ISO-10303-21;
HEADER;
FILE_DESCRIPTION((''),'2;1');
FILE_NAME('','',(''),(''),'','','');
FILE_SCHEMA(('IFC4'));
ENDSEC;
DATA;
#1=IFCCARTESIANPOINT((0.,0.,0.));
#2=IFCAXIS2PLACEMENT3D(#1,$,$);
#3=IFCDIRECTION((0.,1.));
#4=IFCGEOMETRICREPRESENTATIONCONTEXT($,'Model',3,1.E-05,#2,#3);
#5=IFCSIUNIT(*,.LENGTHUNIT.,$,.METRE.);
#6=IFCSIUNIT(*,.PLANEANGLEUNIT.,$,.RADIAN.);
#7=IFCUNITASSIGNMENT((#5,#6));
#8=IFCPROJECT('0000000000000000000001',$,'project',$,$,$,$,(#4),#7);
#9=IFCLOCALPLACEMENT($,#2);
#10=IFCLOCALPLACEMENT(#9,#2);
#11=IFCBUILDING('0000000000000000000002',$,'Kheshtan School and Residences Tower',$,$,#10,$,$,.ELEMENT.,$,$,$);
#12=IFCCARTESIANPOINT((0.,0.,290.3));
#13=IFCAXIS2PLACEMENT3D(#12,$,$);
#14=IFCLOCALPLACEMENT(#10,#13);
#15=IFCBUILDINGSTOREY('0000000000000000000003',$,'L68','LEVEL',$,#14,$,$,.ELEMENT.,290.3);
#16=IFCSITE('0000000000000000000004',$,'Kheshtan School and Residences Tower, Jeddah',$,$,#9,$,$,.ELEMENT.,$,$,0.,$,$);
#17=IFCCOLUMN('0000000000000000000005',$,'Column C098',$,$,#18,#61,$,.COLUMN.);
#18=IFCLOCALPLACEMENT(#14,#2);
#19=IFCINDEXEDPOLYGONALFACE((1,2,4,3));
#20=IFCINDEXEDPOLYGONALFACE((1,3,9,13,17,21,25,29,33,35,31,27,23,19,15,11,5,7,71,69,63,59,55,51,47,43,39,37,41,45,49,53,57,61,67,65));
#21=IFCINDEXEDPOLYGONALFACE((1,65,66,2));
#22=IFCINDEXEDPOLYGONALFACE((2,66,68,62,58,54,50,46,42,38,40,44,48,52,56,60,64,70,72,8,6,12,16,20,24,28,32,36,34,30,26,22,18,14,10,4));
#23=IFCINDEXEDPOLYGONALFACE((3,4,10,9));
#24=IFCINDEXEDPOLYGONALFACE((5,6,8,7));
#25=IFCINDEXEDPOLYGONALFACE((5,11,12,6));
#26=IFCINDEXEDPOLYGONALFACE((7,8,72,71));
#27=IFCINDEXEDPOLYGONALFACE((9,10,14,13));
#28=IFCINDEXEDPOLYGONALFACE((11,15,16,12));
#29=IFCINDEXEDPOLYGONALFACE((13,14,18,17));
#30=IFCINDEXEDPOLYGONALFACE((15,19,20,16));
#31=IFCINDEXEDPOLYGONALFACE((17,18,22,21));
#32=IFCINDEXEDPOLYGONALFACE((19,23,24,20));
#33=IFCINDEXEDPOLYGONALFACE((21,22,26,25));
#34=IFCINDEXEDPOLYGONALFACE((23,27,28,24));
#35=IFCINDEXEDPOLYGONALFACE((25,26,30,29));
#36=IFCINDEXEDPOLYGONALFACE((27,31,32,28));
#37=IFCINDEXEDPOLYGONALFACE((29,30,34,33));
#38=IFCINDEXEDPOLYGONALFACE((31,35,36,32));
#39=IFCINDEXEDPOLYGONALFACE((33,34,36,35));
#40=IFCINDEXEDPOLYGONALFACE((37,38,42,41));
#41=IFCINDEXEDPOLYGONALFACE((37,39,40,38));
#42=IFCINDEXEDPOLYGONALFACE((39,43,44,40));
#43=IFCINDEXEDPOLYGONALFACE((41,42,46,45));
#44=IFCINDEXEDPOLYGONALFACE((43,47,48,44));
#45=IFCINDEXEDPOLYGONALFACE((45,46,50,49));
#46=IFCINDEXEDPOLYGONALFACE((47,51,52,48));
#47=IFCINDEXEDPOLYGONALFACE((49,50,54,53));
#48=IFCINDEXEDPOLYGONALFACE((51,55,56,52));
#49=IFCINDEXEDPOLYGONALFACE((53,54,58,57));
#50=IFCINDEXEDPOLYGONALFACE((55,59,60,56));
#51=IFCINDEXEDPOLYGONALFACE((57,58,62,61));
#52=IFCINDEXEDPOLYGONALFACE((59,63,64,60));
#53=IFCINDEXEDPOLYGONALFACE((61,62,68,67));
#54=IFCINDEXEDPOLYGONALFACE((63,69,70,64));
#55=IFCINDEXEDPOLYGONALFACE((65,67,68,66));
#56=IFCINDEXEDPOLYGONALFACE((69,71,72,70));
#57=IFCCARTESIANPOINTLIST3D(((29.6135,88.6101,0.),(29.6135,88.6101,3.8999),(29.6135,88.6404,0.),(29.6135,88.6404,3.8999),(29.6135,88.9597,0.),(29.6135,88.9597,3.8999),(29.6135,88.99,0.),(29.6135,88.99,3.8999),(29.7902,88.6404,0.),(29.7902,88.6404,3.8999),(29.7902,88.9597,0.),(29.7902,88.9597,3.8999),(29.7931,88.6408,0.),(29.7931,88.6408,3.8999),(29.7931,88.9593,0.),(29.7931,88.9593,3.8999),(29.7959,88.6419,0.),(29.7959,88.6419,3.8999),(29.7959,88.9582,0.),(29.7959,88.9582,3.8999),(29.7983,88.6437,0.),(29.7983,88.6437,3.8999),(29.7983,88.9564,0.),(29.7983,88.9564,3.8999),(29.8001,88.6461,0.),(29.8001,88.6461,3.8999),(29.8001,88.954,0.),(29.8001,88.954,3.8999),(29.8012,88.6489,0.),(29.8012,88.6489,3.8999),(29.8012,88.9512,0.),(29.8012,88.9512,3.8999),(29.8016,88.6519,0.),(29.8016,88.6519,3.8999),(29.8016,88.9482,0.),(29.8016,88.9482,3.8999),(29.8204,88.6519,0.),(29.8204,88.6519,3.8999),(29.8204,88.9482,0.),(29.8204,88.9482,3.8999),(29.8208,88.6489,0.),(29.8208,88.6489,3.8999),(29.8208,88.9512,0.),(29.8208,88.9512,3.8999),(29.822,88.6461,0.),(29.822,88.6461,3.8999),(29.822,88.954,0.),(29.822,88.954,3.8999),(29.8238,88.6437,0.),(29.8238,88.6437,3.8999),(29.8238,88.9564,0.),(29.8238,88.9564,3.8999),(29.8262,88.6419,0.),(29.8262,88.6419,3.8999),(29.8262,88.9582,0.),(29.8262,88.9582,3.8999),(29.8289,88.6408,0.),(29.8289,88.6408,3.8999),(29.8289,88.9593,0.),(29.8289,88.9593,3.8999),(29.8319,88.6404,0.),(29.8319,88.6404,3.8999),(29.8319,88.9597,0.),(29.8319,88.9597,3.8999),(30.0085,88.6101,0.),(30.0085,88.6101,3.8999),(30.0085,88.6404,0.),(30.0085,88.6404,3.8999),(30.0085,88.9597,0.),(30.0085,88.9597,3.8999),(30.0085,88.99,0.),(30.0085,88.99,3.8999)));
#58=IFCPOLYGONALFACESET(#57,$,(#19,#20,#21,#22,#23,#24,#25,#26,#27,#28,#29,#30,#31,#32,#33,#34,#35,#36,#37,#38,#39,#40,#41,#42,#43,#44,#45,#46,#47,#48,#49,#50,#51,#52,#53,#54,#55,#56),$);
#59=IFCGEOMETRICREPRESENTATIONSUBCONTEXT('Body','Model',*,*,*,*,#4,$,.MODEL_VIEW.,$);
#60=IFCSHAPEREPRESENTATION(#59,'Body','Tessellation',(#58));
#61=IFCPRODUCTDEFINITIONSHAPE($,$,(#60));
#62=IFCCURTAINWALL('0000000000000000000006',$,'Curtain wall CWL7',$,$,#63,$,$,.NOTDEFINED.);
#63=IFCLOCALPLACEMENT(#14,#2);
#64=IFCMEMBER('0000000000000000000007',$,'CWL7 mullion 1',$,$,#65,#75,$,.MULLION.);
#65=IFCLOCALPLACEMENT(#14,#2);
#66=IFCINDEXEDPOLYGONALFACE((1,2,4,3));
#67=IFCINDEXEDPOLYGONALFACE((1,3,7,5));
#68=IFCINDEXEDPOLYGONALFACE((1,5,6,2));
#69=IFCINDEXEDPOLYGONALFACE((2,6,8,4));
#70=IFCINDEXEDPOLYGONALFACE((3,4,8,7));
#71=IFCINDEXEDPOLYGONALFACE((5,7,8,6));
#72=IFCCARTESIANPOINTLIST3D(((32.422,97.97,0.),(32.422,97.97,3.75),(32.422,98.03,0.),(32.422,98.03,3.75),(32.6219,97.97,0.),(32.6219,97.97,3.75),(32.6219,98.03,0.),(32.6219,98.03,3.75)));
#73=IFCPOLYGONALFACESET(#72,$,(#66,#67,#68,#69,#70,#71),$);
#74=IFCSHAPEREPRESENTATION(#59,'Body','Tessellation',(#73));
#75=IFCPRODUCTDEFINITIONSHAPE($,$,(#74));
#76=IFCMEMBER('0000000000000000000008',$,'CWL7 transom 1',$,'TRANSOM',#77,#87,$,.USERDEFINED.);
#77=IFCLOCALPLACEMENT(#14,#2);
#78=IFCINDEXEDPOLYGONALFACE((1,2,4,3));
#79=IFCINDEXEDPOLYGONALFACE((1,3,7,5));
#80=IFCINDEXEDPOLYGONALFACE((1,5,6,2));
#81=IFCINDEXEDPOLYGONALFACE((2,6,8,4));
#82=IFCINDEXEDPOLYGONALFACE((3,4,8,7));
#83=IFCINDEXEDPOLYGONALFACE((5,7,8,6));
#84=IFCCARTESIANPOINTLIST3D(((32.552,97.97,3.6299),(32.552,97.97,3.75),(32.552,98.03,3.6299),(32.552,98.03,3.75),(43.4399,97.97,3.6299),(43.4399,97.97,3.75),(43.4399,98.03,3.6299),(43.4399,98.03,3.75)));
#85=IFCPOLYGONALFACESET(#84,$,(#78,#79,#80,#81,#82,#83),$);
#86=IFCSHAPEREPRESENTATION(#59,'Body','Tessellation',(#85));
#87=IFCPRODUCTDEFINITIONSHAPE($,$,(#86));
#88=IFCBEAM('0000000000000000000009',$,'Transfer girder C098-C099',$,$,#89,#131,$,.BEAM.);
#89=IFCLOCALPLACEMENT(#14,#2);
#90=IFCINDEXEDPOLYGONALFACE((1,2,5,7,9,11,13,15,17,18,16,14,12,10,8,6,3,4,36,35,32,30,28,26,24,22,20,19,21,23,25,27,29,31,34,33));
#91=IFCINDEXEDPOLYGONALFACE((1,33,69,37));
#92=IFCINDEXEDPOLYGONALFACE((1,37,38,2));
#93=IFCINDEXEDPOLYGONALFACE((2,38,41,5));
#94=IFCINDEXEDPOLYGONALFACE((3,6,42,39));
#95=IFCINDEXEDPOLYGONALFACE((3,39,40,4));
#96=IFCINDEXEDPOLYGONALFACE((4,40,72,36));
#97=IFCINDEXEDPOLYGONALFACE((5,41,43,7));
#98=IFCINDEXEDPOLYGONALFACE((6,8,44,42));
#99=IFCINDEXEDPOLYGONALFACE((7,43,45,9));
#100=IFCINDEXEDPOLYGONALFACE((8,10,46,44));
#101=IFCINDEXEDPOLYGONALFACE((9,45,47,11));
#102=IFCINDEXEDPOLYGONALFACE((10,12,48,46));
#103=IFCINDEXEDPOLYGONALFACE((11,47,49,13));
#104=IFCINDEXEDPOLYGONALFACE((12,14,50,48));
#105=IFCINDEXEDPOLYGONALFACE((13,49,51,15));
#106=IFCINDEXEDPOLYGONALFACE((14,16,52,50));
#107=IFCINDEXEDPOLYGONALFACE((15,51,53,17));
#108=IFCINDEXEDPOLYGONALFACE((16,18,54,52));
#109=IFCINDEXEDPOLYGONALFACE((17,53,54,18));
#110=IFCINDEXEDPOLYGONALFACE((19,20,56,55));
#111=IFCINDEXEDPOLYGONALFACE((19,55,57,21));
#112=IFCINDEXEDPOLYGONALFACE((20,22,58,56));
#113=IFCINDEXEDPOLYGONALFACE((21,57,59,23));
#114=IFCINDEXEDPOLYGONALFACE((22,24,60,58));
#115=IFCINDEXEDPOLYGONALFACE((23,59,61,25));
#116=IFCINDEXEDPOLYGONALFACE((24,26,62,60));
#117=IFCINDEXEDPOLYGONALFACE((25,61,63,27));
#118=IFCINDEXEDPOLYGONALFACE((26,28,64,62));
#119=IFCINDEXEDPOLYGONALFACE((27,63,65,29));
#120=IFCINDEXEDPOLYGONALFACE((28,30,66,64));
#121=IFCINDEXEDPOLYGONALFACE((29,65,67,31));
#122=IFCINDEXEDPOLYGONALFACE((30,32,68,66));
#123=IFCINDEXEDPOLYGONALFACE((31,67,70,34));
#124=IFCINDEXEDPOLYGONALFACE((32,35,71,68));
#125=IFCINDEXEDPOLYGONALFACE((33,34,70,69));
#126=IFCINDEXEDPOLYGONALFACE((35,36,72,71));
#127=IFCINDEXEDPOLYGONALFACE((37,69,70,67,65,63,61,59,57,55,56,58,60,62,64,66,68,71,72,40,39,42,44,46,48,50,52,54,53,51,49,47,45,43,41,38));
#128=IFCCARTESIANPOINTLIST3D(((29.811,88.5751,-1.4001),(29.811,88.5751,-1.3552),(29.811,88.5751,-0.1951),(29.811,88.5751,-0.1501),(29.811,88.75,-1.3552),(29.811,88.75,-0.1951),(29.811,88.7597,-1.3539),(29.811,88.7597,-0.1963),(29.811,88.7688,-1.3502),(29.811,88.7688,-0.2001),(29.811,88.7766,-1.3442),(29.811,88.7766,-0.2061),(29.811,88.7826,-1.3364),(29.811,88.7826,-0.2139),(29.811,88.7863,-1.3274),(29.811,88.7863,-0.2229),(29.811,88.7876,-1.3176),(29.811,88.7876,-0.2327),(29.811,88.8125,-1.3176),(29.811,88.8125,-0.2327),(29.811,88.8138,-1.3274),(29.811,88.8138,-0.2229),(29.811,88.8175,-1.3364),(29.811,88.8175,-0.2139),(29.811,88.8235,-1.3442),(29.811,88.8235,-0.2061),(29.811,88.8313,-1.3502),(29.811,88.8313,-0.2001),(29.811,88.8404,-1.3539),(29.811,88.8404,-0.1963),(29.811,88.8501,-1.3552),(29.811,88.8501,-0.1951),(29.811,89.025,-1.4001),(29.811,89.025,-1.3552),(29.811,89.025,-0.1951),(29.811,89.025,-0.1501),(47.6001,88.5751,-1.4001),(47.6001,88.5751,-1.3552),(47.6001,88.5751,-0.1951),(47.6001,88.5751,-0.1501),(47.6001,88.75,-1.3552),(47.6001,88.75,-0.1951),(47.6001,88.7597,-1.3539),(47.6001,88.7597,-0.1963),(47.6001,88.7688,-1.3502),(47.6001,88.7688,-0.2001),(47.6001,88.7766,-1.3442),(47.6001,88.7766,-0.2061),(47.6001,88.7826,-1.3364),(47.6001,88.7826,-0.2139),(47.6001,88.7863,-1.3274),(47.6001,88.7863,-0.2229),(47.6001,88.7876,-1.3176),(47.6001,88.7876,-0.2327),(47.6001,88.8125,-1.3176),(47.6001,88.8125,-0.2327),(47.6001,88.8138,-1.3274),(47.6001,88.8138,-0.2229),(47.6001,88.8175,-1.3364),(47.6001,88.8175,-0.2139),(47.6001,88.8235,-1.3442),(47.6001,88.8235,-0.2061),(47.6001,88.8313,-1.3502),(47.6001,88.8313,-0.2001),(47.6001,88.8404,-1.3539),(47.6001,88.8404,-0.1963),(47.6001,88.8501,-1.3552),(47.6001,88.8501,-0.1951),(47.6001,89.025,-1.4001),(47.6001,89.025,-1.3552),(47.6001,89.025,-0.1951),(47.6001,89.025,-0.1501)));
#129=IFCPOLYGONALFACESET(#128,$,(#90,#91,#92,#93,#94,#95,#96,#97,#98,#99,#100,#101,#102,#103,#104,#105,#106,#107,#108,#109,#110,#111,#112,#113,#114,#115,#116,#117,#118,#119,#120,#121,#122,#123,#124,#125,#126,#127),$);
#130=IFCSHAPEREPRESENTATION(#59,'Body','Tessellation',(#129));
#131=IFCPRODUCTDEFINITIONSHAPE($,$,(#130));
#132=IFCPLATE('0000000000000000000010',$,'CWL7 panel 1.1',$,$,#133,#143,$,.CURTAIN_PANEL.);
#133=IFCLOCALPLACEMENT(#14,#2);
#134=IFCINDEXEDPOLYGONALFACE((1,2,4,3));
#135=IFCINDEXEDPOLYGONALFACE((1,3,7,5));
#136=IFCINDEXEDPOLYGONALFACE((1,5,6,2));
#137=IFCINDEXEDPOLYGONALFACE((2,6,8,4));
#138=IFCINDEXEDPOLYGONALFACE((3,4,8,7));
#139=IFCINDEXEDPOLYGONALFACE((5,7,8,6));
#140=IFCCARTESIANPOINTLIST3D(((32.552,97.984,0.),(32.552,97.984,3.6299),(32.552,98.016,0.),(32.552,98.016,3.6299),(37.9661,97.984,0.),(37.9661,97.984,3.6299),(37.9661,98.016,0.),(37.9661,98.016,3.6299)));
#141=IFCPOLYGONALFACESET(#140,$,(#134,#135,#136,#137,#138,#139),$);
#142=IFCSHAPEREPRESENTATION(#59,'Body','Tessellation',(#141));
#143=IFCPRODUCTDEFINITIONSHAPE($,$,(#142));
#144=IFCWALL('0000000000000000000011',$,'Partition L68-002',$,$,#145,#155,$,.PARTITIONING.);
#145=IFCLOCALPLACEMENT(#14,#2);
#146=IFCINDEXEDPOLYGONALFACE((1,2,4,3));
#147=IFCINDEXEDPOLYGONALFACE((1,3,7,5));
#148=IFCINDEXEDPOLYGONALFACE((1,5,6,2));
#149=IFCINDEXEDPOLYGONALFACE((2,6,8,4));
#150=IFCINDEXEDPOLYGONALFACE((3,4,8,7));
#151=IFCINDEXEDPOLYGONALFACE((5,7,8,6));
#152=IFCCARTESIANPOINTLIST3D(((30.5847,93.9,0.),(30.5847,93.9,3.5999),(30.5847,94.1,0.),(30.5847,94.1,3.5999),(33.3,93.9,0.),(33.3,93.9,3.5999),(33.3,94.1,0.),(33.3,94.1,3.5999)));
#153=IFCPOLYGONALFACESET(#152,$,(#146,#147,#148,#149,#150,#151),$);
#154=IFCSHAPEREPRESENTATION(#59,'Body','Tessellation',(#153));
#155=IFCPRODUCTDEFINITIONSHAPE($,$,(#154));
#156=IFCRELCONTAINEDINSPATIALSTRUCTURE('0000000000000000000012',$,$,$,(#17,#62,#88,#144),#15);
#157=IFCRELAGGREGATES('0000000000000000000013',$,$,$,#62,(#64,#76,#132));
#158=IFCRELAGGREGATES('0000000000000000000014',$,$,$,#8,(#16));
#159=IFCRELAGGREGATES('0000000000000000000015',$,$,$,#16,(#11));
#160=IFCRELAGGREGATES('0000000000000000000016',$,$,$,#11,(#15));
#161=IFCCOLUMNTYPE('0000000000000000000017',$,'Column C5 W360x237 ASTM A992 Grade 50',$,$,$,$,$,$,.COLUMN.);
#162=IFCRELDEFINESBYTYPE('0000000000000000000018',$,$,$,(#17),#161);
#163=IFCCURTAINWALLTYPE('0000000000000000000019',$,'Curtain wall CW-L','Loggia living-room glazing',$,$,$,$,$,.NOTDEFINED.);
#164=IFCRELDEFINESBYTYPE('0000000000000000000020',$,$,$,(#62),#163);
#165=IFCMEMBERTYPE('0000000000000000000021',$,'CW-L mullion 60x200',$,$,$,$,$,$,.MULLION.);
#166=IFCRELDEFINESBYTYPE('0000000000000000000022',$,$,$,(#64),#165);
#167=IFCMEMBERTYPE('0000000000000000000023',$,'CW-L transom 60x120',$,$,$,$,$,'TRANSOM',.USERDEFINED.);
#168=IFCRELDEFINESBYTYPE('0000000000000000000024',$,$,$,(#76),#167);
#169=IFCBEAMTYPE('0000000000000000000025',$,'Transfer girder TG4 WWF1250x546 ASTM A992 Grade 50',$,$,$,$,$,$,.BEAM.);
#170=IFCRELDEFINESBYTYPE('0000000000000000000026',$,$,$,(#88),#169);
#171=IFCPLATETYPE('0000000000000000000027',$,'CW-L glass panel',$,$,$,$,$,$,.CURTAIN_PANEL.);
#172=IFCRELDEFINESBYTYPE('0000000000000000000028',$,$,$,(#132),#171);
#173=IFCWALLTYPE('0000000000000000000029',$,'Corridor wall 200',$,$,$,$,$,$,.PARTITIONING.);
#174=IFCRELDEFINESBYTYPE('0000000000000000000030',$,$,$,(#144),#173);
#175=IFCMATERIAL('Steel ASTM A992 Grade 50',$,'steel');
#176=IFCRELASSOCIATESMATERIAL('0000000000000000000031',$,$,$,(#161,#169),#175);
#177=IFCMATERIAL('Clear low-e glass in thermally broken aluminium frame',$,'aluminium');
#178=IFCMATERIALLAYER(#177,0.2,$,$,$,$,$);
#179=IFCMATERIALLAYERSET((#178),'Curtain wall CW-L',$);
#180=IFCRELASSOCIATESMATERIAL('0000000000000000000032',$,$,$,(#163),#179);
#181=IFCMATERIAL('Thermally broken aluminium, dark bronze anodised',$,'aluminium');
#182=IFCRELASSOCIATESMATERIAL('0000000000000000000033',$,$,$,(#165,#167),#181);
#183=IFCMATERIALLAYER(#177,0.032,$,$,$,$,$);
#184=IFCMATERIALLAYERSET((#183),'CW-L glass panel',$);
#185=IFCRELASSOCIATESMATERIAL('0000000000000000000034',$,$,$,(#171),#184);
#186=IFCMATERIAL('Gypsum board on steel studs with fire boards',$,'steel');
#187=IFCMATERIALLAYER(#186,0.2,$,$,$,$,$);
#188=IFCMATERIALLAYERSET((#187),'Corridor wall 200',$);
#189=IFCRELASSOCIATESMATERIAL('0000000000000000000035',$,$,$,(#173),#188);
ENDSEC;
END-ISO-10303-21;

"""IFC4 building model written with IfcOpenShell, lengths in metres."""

from ifc_helpers import new_model, si_unit, direction, frame, frame_2d, origin, origin_2d, place, context, subcontext, project, spatial, rectangle, i_section, extrude, material, layer, layer_set, material_profile, profile_set, type_object, element, aggregate, save


model = new_model("IFC4")

# Units and contexts
model_context = context("Model", 3, precision=1e-05, world=origin(), true_north=direction((0.0, 1.0)))
body_context = subcontext(model_context, "Body", "Model", "MODEL_VIEW")
ifc_project = project(units=[si_unit("LENGTHUNIT", "METRE"), si_unit("PLANEANGLEUNIT", "RADIAN")], contexts=[model_context])

# Site, building, storey
site_placement = place(None, origin())
site = spatial("IfcSite", under=ifc_project, at=site_placement, Name="Kheshtan School and Residences Tower, Jeddah", CompositionType="ELEMENT", RefElevation=0.0)
building_placement = place(site_placement, origin())
building = spatial("IfcBuilding", under=site, at=building_placement, Name="Kheshtan School and Residences Tower", CompositionType="ELEMENT")
storey_placement = place(building_placement, frame((0.0, 0.0, 290.3)))
storey = spatial("IfcBuildingStorey", under=building, at=storey_placement, Name="L68", Description="LEVEL", CompositionType="ELEMENT", Elevation=290.3)

# Column
ifc_material_1 = material(Name="Steel ASTM A992 Grade 50", Category="steel")
ifc_material_profile_1 = material_profile(ifc_material_1, i_section(OverallWidth=0.395, OverallDepth=0.3799, WebThickness=0.0188, FlangeThickness=0.0303, FilletRadius=0.0115, at=origin_2d()), Name="W360x237")
ifc_profile_set_1 = profile_set([ifc_material_profile_1], Name="Steel ASTM A992 Grade 50")
column_type = type_object("IfcColumnType", Name="Column C5 W360x237 ASTM A992 Grade 50", PredefinedType="COLUMN", material=ifc_profile_set_1)
column_placement = place(storey_placement, frame((29.811, 88.8, 0.0), z_axis=(0.0, 0.0, 1.0), x_axis=(1.0, 0.0, 0.0)))
element("IfcColumn", 1, at=column_placement, inside=storey, type_object=column_type, Name="Column C098", PredefinedType="COLUMN", context=body_context, shape_type="SweptSolid", body=[
    extrude(i_section(OverallWidth=0.395, OverallDepth=0.3799, WebThickness=0.0188, FlangeThickness=0.0303, FilletRadius=0.0115, at=origin_2d()), origin(), (0.0, 0.0, 1.0), 3.8999),
])

# Curtain wall, members
ifc_material_2 = material(Name="Clear low-e glass in thermally broken aluminium frame", Category="aluminium")
ifc_layer_1 = layer(ifc_material_2, 0.2)
ifc_layer_set_1 = layer_set([ifc_layer_1], Name="Curtain wall CW-L")
curtain_wall_type = type_object("IfcCurtainWallType", Name="Curtain wall CW-L", Description="Loggia living-room glazing", PredefinedType="NOTDEFINED", material=ifc_layer_set_1)
curtain_wall_placement = place(storey_placement, origin())
curtain_wall = element("IfcCurtainWall", 2, at=curtain_wall_placement, inside=storey, type_object=curtain_wall_type, Name="Curtain wall CWL7", PredefinedType="NOTDEFINED")
ifc_material_3 = material(Name="Thermally broken aluminium, dark bronze anodised", Category="aluminium")
ifc_material_profile_2 = material_profile(ifc_material_3, rectangle(XDim=0.0601, YDim=0.2, at=origin_2d()), Name="CW-L mullion 60x200")
ifc_profile_set_2 = profile_set([ifc_material_profile_2], Name="Thermally broken aluminium, dark bronze anodised")
member_type_1 = type_object("IfcMemberType", Name="CW-L mullion 60x200", PredefinedType="MULLION", material=ifc_profile_set_2)
member_1_placement = place(storey_placement, frame((32.522, 98.0, 0.0), z_axis=(0.0, 0.0, 1.0), x_axis=(0.0, 1.0, 0.0)))
member_1 = element("IfcMember", 3, at=member_1_placement, type_object=member_type_1, Name="CWL7 mullion 1", PredefinedType="MULLION", context=body_context, shape_type="SweptSolid", body=[
    extrude(rectangle(XDim=0.0601, YDim=0.2, at=origin_2d()), origin(), (0.0, 0.0, 1.0), 3.75),
])
ifc_material_profile_3 = material_profile(ifc_material_3, rectangle(XDim=0.0601, YDim=0.1201, at=origin_2d()), Name="CW-L transom 60x120")
ifc_profile_set_3 = profile_set([ifc_material_profile_3], Name="Thermally broken aluminium, dark bronze anodised")
member_type_2 = type_object("IfcMemberType", Name="CW-L transom 60x120", ElementType="TRANSOM", PredefinedType="USERDEFINED", material=ifc_profile_set_3)
member_2_placement = place(storey_placement, frame((32.552, 98.0, 3.6899), z_axis=(1.0, 0.0, 0.0), x_axis=(0.0, 1.0, 0.0)))
member_2 = element("IfcMember", 4, at=member_2_placement, type_object=member_type_2, Name="CWL7 transom 1", ObjectType="TRANSOM", PredefinedType="USERDEFINED", context=body_context, shape_type="SweptSolid", body=[
    extrude(rectangle(XDim=0.0601, YDim=0.1201, at=origin_2d()), origin(), (0.0, 0.0, 1.0), 10.8879),
])

# Beam
ifc_material_profile_4 = material_profile(ifc_material_1, i_section(OverallWidth=0.45, OverallDepth=1.25, WebThickness=0.0249, FlangeThickness=0.0449, FilletRadius=0.0376, at=origin_2d()), Name="WWF1250x546")
ifc_profile_set_4 = profile_set([ifc_material_profile_4], Name="Steel ASTM A992 Grade 50")
beam_type = type_object("IfcBeamType", Name="Transfer girder TG4 WWF1250x546 ASTM A992 Grade 50", PredefinedType="BEAM", material=ifc_profile_set_4)
beam_placement = place(storey_placement, frame((29.811, 88.8, -0.7751), z_axis=(1.0, 0.0, 0.0), x_axis=(0.0, 1.0, 0.0)))
element("IfcBeam", 5, at=beam_placement, inside=storey, type_object=beam_type, Name="Transfer girder C098-C099", PredefinedType="BEAM", context=body_context, shape_type="SweptSolid", body=[
    extrude(i_section(OverallWidth=0.45, OverallDepth=1.25, WebThickness=0.0249, FlangeThickness=0.0449, FilletRadius=0.0376, at=origin_2d()), origin(), (0.0, 0.0, 1.0), 17.7891),
])

# Plate
ifc_layer_2 = layer(ifc_material_2, 0.032)
ifc_layer_set_2 = layer_set([ifc_layer_2], Name="CW-L glass panel")
plate_type = type_object("IfcPlateType", Name="CW-L glass panel", PredefinedType="CURTAIN_PANEL", material=ifc_layer_set_2)
plate_placement = place(storey_placement, frame((35.259, 98.0, 0.0), z_axis=(0.0, 0.0, 1.0), x_axis=(1.0, 0.0, 0.0)))
plate = element("IfcPlate", 6, at=plate_placement, type_object=plate_type, Name="CWL7 panel 1.1", PredefinedType="CURTAIN_PANEL", context=body_context, shape_type="SweptSolid", body=[
    extrude(rectangle(XDim=5.4141, YDim=0.032, at=origin_2d()), origin(), (0.0, 0.0, 1.0), 3.6299),
])
aggregate(curtain_wall, [member_1, member_2, plate])

# Wall
ifc_material_4 = material(Name="Gypsum board on steel studs with fire boards", Category="steel")
ifc_layer_3 = layer(ifc_material_4, 0.2)
ifc_layer_set_3 = layer_set([ifc_layer_3], Name="Corridor wall 200")
wall_type_1 = type_object("IfcWallType", Name="Corridor wall 200", PredefinedType="PARTITIONING", material=ifc_layer_set_3)
wall_1_placement = place(storey_placement, frame((30.5847, 94.0, 0.0), z_axis=(0.0, 0.0, 1.0), x_axis=(1.0, 0.0, 0.0)))
element("IfcWall", 7, at=wall_1_placement, inside=storey, type_object=wall_type_1, Name="Partition L68-002", PredefinedType="PARTITIONING", context=body_context, shape_type="SweptSolid", body=[
    extrude(rectangle(XDim=2.7153, YDim=0.2, at=frame_2d((1.3577, 0.0))), origin(), (0.0, 0.0, 1.0), 3.5999),
])

save(model, "model.ifc")
